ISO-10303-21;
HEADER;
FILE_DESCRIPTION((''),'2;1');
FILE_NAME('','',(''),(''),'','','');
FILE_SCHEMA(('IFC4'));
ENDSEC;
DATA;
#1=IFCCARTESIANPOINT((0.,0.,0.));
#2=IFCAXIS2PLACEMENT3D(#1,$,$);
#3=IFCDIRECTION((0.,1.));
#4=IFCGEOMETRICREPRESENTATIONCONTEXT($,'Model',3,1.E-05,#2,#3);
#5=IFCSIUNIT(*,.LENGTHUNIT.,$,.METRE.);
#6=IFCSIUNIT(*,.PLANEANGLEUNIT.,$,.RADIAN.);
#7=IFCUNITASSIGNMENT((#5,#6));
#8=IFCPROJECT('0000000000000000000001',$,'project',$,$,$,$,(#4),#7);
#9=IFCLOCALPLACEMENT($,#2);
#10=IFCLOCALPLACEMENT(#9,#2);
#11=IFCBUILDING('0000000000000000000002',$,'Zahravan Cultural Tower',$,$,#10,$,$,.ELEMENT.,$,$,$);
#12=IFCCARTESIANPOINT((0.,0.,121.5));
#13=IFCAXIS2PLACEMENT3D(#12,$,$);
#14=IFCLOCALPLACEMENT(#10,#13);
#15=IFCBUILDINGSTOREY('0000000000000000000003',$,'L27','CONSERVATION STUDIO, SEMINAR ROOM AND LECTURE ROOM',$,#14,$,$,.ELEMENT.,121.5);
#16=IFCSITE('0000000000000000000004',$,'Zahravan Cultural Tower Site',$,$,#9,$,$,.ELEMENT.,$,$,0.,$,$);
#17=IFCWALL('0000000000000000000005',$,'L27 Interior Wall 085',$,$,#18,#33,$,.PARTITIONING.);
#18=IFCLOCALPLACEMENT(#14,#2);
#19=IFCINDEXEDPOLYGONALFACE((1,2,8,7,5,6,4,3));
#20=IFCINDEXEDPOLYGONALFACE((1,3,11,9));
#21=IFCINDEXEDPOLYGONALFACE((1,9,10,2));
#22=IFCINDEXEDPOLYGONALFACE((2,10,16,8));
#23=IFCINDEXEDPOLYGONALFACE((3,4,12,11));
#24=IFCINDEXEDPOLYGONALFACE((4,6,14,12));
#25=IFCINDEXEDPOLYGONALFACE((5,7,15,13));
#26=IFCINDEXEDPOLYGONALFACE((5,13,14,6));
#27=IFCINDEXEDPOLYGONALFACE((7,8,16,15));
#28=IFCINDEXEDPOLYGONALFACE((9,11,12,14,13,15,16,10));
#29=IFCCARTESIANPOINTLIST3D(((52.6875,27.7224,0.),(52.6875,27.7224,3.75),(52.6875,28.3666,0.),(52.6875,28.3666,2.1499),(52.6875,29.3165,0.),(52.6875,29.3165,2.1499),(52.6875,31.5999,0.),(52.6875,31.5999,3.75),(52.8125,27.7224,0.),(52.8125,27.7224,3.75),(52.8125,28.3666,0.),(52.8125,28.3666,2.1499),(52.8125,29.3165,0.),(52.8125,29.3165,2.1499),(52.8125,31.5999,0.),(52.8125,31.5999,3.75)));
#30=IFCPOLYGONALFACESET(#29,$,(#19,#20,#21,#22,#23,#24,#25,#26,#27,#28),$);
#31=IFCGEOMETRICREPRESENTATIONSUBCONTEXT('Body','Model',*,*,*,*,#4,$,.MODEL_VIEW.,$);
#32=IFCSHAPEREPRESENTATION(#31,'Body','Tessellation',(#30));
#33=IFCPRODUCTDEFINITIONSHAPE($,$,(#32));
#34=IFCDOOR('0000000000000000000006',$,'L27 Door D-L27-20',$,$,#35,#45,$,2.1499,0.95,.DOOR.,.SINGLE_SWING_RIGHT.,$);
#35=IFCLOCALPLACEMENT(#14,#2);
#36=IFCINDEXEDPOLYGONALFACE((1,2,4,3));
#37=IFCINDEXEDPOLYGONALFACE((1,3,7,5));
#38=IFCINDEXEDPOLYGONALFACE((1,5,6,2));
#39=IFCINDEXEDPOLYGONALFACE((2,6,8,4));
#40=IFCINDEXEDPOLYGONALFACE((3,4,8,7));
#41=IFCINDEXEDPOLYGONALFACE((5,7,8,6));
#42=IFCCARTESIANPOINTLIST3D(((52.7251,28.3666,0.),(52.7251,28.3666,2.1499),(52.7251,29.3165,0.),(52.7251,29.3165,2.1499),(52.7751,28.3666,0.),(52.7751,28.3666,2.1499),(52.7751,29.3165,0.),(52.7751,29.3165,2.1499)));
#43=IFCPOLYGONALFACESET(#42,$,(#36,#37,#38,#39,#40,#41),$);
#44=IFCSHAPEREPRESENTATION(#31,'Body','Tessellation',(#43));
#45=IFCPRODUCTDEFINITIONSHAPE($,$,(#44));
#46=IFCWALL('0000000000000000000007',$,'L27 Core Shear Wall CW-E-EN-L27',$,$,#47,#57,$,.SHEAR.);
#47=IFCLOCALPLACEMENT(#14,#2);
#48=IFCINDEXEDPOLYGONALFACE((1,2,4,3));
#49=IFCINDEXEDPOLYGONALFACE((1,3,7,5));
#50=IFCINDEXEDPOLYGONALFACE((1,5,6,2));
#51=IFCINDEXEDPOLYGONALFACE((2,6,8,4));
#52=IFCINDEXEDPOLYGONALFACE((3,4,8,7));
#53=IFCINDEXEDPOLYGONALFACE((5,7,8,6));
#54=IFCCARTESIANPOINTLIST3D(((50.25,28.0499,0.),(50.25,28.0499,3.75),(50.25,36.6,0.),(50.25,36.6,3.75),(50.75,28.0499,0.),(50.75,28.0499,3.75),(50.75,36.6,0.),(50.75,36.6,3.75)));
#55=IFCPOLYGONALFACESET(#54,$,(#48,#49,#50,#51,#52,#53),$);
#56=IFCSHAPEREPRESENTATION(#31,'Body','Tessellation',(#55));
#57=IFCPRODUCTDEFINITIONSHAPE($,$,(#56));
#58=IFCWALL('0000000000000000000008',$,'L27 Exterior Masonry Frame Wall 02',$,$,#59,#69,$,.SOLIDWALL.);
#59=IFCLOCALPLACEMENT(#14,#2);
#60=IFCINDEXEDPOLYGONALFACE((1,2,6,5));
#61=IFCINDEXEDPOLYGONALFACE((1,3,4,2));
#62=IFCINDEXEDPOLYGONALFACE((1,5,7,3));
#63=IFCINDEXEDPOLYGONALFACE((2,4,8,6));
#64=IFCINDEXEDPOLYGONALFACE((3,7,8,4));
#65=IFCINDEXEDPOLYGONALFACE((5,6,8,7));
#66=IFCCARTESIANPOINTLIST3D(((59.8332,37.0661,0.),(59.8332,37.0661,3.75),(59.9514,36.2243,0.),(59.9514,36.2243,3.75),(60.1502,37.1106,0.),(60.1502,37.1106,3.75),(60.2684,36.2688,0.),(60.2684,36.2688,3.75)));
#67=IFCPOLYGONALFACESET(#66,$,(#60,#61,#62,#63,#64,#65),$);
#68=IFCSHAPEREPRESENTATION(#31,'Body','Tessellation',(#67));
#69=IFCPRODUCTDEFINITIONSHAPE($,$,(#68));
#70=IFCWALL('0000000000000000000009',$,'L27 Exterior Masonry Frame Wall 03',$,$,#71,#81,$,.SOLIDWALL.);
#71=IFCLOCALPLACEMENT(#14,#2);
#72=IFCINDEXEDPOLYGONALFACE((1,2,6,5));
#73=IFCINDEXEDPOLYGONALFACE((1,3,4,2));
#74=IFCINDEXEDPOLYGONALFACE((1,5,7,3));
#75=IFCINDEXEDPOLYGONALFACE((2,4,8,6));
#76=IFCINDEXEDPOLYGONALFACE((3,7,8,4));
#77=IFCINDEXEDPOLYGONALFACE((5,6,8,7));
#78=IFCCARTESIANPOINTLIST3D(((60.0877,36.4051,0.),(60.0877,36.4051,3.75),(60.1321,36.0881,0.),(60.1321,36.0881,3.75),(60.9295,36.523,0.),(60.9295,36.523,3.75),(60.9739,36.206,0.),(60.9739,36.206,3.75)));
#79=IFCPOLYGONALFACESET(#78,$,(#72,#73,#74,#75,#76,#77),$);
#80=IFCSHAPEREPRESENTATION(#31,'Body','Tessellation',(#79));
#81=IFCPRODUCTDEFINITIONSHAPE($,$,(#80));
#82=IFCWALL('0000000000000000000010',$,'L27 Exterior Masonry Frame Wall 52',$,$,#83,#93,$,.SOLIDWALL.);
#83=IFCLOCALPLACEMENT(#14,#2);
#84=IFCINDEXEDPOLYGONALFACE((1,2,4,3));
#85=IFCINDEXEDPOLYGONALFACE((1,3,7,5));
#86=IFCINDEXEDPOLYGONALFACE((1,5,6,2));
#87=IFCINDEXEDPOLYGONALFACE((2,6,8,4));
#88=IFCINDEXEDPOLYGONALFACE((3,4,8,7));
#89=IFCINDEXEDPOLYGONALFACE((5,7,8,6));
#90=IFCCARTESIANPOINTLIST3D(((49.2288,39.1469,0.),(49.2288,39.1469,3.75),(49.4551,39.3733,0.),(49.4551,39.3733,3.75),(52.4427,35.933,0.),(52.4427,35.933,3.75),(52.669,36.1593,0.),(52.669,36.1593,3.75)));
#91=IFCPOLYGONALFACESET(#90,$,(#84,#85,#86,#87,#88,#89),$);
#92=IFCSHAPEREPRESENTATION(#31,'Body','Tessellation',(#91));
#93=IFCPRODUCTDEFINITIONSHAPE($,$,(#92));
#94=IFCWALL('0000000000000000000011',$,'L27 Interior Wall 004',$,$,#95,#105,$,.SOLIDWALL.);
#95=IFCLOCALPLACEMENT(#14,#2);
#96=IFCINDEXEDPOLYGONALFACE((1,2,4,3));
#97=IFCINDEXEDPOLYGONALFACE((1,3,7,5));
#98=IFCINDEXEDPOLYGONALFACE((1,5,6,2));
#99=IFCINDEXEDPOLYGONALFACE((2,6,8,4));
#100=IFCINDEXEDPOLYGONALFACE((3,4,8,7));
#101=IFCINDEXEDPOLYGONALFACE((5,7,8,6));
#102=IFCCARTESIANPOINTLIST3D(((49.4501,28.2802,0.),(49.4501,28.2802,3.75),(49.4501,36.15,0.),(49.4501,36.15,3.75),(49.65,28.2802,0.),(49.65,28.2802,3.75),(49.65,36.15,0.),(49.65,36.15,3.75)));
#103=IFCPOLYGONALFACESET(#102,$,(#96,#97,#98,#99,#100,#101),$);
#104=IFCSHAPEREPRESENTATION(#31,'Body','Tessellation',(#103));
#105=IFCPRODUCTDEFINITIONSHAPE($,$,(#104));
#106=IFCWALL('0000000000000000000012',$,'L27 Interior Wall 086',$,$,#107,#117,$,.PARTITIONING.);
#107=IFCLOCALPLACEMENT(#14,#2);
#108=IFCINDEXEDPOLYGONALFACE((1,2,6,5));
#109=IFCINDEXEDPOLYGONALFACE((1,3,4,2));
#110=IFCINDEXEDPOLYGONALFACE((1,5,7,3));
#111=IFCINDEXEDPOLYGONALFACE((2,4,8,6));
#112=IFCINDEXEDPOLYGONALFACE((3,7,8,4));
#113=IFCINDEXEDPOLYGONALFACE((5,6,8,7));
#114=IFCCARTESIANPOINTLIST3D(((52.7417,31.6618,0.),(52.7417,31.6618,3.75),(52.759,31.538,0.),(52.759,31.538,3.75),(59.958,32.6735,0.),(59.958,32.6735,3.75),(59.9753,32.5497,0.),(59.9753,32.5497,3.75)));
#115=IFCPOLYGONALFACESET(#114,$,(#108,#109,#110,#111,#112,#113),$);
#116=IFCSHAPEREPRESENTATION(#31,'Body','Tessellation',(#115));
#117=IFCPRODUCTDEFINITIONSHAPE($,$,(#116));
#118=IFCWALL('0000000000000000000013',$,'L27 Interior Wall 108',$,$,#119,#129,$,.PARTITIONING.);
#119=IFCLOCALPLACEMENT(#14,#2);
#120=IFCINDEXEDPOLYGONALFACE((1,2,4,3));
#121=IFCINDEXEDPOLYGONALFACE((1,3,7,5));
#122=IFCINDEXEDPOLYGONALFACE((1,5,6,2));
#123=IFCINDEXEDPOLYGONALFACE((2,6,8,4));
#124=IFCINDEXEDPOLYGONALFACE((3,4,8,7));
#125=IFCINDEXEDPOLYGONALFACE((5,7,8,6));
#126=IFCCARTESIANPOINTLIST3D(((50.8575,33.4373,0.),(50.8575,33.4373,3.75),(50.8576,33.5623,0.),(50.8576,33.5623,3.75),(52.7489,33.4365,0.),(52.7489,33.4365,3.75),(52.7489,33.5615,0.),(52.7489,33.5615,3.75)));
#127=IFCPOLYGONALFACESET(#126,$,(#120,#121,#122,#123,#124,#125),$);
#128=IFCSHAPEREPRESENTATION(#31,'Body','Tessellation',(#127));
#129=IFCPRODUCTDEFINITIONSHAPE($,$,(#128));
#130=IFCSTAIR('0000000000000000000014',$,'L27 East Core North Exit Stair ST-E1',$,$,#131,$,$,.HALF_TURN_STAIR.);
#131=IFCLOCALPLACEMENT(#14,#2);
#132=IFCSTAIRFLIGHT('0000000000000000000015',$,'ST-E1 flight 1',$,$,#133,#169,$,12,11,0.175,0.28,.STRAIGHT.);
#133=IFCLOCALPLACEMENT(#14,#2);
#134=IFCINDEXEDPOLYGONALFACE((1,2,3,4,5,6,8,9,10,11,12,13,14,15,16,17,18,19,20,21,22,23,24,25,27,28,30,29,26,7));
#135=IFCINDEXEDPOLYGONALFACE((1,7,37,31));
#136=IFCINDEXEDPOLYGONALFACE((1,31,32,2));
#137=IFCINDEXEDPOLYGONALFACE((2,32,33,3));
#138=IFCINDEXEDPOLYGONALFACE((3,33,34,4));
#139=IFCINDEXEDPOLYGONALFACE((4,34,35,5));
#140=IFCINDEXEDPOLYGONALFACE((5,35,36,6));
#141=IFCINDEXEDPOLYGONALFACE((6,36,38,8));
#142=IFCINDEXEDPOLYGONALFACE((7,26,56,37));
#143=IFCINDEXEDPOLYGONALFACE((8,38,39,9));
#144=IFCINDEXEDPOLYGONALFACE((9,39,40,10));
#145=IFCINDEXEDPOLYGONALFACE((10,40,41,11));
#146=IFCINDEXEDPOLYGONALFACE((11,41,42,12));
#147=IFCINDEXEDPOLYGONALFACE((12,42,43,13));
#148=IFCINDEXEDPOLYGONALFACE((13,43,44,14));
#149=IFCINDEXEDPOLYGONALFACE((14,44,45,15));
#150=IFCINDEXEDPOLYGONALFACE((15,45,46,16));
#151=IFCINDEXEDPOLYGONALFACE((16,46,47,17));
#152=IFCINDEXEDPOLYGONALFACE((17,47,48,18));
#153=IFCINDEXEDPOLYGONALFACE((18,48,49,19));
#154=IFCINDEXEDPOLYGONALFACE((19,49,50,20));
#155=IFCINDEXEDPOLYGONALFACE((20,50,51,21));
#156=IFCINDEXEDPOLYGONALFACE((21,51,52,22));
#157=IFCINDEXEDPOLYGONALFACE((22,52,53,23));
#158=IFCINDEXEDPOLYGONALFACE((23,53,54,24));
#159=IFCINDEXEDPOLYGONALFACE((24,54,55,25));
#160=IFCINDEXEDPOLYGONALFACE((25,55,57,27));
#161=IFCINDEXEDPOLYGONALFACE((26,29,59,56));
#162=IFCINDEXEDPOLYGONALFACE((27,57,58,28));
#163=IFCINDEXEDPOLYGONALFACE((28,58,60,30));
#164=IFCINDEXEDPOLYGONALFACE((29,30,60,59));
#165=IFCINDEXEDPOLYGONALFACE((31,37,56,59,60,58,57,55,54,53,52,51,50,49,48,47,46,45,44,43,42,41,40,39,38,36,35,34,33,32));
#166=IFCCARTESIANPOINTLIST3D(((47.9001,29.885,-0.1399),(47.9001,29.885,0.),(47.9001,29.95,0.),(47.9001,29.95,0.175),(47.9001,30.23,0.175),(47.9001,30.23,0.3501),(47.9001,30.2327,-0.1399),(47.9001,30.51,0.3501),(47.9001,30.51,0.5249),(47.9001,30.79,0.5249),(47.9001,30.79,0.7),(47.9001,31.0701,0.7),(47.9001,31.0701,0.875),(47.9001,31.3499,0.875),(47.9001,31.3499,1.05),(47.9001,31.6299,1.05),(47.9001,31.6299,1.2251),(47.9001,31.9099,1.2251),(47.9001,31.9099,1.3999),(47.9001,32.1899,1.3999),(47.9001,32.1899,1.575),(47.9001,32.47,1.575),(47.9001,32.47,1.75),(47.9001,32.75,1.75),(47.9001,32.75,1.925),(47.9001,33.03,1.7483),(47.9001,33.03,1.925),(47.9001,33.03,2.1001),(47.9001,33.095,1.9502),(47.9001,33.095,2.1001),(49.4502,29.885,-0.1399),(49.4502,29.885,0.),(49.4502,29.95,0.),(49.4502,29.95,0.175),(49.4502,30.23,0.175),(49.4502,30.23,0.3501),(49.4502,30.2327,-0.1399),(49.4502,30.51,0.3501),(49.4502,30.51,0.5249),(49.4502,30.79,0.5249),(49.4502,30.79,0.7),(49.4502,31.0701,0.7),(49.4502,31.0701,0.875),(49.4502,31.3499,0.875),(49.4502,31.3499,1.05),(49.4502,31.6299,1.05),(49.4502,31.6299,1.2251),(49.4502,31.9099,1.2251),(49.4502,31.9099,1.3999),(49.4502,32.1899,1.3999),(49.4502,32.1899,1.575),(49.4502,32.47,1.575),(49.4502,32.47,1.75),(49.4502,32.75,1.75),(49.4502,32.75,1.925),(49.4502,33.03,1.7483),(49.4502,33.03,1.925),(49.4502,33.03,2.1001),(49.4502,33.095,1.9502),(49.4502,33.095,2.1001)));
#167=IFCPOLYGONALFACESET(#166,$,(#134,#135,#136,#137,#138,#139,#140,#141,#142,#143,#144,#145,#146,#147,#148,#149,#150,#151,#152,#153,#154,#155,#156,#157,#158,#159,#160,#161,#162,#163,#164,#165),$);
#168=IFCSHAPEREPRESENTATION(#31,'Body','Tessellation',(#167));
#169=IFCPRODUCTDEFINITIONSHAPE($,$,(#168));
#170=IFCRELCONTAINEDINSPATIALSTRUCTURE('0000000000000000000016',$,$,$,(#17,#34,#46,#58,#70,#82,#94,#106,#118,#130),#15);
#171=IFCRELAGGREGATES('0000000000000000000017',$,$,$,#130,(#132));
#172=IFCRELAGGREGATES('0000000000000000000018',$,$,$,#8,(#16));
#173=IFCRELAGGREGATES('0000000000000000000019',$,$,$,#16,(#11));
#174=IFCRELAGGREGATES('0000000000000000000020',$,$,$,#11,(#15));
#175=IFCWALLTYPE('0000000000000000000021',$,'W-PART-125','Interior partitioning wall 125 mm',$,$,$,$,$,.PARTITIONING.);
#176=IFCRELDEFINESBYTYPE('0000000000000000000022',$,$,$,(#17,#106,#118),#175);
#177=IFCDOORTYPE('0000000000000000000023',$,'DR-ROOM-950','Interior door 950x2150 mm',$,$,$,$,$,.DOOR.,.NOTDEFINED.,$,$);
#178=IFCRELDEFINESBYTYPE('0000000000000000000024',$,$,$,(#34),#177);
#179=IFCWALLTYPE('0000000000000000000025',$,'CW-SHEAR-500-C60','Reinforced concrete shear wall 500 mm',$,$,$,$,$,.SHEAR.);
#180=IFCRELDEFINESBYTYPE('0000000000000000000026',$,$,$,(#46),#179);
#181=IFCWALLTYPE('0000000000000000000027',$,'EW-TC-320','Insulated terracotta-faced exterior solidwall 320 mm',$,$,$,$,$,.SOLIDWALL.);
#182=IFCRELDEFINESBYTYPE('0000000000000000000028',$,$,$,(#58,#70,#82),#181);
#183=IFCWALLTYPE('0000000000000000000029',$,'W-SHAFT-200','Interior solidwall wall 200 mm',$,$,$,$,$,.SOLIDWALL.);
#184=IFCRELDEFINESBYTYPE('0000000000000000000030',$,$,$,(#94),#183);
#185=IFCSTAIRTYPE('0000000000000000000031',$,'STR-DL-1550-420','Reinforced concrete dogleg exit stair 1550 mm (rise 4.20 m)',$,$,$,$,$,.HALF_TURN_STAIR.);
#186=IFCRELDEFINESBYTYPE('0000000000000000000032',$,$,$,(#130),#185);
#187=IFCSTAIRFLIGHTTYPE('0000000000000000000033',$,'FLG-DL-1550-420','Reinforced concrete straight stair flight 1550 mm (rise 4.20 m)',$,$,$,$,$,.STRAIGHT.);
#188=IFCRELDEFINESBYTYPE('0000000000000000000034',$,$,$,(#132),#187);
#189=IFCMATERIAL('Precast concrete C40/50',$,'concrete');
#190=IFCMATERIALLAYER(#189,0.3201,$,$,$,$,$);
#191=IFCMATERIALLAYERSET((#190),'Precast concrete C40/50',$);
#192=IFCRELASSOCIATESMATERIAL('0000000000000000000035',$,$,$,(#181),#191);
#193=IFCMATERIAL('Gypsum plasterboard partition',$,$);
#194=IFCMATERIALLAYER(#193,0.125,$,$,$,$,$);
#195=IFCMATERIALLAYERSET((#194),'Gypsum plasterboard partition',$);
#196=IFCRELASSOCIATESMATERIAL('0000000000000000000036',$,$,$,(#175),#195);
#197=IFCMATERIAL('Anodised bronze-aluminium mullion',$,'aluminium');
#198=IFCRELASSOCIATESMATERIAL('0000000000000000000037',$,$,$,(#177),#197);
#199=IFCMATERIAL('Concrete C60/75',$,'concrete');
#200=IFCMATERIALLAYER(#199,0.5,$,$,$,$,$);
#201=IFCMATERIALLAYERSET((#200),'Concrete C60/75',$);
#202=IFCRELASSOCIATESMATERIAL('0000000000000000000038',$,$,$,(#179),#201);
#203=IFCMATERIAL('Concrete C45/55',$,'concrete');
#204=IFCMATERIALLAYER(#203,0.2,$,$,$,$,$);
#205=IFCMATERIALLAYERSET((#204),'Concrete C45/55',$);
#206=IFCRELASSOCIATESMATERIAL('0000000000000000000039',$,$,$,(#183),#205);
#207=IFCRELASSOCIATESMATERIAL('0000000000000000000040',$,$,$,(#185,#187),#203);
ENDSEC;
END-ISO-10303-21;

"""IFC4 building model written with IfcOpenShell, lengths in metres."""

from ifc_helpers import new_model, si_unit, direction, frame, frame_2d, origin, place, context, subcontext, project, spatial, polyline, rectangle, outline, extrude, source, transform, mapped, material, layer, layer_set, type_object, element, fill, aggregate, save


model = new_model("IFC4")

# Units and contexts
model_context = context("Model", 3, precision=1e-05, world=origin(), true_north=direction((0.0, 1.0)))
body_context = subcontext(model_context, "Body", "Model", "MODEL_VIEW")
ifc_project = project(units=[si_unit("LENGTHUNIT", "METRE"), si_unit("PLANEANGLEUNIT", "RADIAN")], contexts=[model_context])

# Site, building, storey
site_placement = place(None, origin())
site = spatial("IfcSite", under=ifc_project, at=site_placement, Name="Zahravan Cultural Tower Site", CompositionType="ELEMENT", RefElevation=0.0)
building_placement = place(site_placement, origin())
building = spatial("IfcBuilding", under=site, at=building_placement, Name="Zahravan Cultural Tower", CompositionType="ELEMENT")
storey_placement = place(building_placement, frame((0.0, 0.0, 121.5)))
storey = spatial("IfcBuildingStorey", under=building, at=storey_placement, Name="L27", Description="CONSERVATION STUDIO, SEMINAR ROOM AND LECTURE ROOM", CompositionType="ELEMENT", Elevation=121.5)

# Shared definitions
ifc_material_1 = material(Name="Concrete C60/75", Category="concrete")

# Shared definitions
ifc_material_2 = material(Name="Precast concrete C40/50", Category="concrete")
ifc_layer_1 = layer(ifc_material_2, 0.3201)
ifc_layer_set_1 = layer_set([ifc_layer_1], Name="Precast concrete C40/50")
wall_type_1 = type_object("IfcWallType", Name="EW-TC-320", Description="Insulated terracotta-faced exterior solidwall 320 mm", PredefinedType="SOLIDWALL", material=ifc_layer_set_1)

# Wall, opening, door
ifc_material_3 = material(Name="Gypsum plasterboard partition")
ifc_layer_2 = layer(ifc_material_3, 0.125)
ifc_layer_set_2 = layer_set([ifc_layer_2], Name="Gypsum plasterboard partition")
wall_type_2 = type_object("IfcWallType", Name="W-PART-125", Description="Interior partitioning wall 125 mm", PredefinedType="PARTITIONING", material=ifc_layer_set_2)
wall_1_placement = place(storey_placement, frame((52.75, 27.7224, 0.0), z_axis=(0.0, 0.0, 1.0), x_axis=(0.0, 1.0, 0.0)))
wall_1 = element("IfcWall", 1, at=wall_1_placement, inside=storey, type_object=wall_type_2, Name="L27 Interior Wall 085", PredefinedType="PARTITIONING", context=body_context, shape_type="SweptSolid", body=[
    extrude(rectangle(XDim=3.8774, YDim=0.125, at=frame_2d((1.9387, 0.0))), origin(), (0.0, 0.0, 1.0), 3.75),
])
opening_1_placement = place(wall_1_placement, frame((0.644, 0.0, 0.0)))
opening_1 = element("IfcOpeningElement", 2, at=opening_1_placement, cuts=wall_1, PredefinedType="OPENING", context=body_context, shape_type="SweptSolid", body=[
    extrude(rectangle(XDim=0.95, YDim=2.1499, at=frame_2d((0.4751, 1.075))), frame((0.0, 0.0725, 0.0), z_axis=(0.0, -1.0, 0.0), x_axis=(1.0, 0.0, 0.0)), (0.0, 0.0, 1.0), 0.145),
])
ifc_material_4 = material(Name="Anodised bronze-aluminium mullion", Category="aluminium")
door_type = type_object("IfcDoorType", Name="DR-ROOM-950", Description="Interior door 950x2150 mm", OperationType="NOTDEFINED", PredefinedType="DOOR", material=ifc_material_4)
shared_shape_1 = source(origin(), body_context, "Body", "SweptSolid", [
    extrude(rectangle(XDim=0.95, YDim=2.1499, at=frame_2d((0.4751, 1.075))), frame((0.0, 0.0249, 0.0), z_axis=(0.0, -1.0, 0.0), x_axis=(1.0, 0.0, 0.0)), (0.0, 0.0, 1.0), 0.05),
])
door_1_placement = place(opening_1_placement, origin())
door_1 = element("IfcDoor", 3, at=door_1_placement, inside=storey, type_object=door_type, Name="L27 Door D-L27-20", OperationType="SINGLE_SWING_RIGHT", OverallHeight=2.1499, OverallWidth=0.95, PredefinedType="DOOR", context=body_context, shape_type="MappedRepresentation", body=[
    mapped(shared_shape_1, transform((0.0, 0.0, 0.0), x_axis=(1.0, 0.0, 0.0), y_axis=(0.0, 1.0, 0.0), z_axis=(0.0, 0.0, 1.0), scale=1.0)),
])
fill(opening_1, door_1)

# Walls
ifc_layer_3 = layer(ifc_material_1, 0.5)
ifc_layer_set_3 = layer_set([ifc_layer_3], Name="Concrete C60/75")
wall_type_3 = type_object("IfcWallType", Name="CW-SHEAR-500-C60", Description="Reinforced concrete shear wall 500 mm", PredefinedType="SHEAR", material=ifc_layer_set_3)
shared_shape_2 = source(origin(), body_context, "Body", "SweptSolid", [
    extrude(rectangle(XDim=8.55, YDim=0.5, at=frame_2d((4.2749, 0.0))), origin(), (0.0, 0.0, 1.0), 3.75),
])
wall_2_placement = place(storey_placement, frame((50.5, 28.05, 0.0), z_axis=(0.0, 0.0, 1.0), x_axis=(0.0, 1.0, 0.0)))
element("IfcWall", 4, at=wall_2_placement, inside=storey, type_object=wall_type_3, Name="L27 Core Shear Wall CW-E-EN-L27", PredefinedType="SHEAR", context=body_context, shape_type="MappedRepresentation", body=[
    mapped(shared_shape_2, transform((0.0, 0.0, 0.0), x_axis=(1.0, 0.0, 0.0), y_axis=(0.0, 1.0, 0.0), z_axis=(0.0, 0.0, 1.0), scale=1.0)),
])
shared_shape_3 = source(origin(), body_context, "Body", "SweptSolid", [
    extrude(rectangle(XDim=0.8501, YDim=0.3201, at=frame_2d((0.425, 0.0))), origin(), (0.0, 0.0, 1.0), 3.75),
])
for number, where, z_axis, x_axis, name in (
    (5, (59.9917, 37.0884, 0.0), (0.0, 0.0, 1.0), (0.139008, -0.990291, 0.0), "L27 Exterior Masonry Frame Wall 02"),
    (6, (60.1099, 36.2466, 0.0), (0.0, 0.0, 1.0), (0.990331, 0.138727, 0.0), "L27 Exterior Masonry Frame Wall 03"),
):
    element("IfcWall", number, at=place(storey_placement, frame(where, z_axis=z_axis, x_axis=x_axis)), inside=storey, type_object=wall_type_1, Name=name, PredefinedType="SOLIDWALL", context=body_context, shape_type="MappedRepresentation", body=[
        mapped(shared_shape_3, transform((0.0, 0.0, 0.0), x_axis=(1.0, 0.0, 0.0), y_axis=(0.0, 1.0, 0.0), z_axis=(0.0, 0.0, 1.0), scale=1.0)),
    ])
shared_shape_4 = source(origin(), body_context, "Body", "SweptSolid", [
    extrude(rectangle(XDim=4.5452, YDim=0.3201, at=frame_2d((2.2725, 0.0))), origin(), (0.0, 0.0, 1.0), 3.75),
])
wall_3_placement = place(storey_placement, frame((49.342, 39.26, 0.0), z_axis=(0.0, 0.0, 1.0), x_axis=(0.707107, -0.707107, 0.0)))
element("IfcWall", 7, at=wall_3_placement, inside=storey, type_object=wall_type_1, Name="L27 Exterior Masonry Frame Wall 52", PredefinedType="SOLIDWALL", context=body_context, shape_type="MappedRepresentation", body=[
    mapped(shared_shape_4, transform((0.0, 0.0, 0.0), x_axis=(1.0, 0.0, 0.0), y_axis=(0.0, 1.0, 0.0), z_axis=(0.0, 0.0, 1.0), scale=1.0)),
])
ifc_material_5 = material(Name="Concrete C45/55", Category="concrete")
ifc_layer_4 = layer(ifc_material_5, 0.2)
ifc_layer_set_4 = layer_set([ifc_layer_4], Name="Concrete C45/55")
wall_type_4 = type_object("IfcWallType", Name="W-SHAFT-200", Description="Interior solidwall wall 200 mm", PredefinedType="SOLIDWALL", material=ifc_layer_set_4)
shared_shape_5 = source(origin(), body_context, "Body", "SweptSolid", [
    extrude(rectangle(XDim=7.8699, YDim=0.2, at=frame_2d((3.9351, 0.0))), origin(), (0.0, 0.0, 1.0), 3.75),
])
wall_4_placement = place(storey_placement, frame((49.55, 28.28, 0.0), z_axis=(0.0, 0.0, 1.0), x_axis=(0.0, 1.0, 0.0)))
element("IfcWall", 8, at=wall_4_placement, inside=storey, type_object=wall_type_4, Name="L27 Interior Wall 004", PredefinedType="SOLIDWALL", context=body_context, shape_type="MappedRepresentation", body=[
    mapped(shared_shape_5, transform((0.0, 0.0, 0.0), x_axis=(1.0, 0.0, 0.0), y_axis=(0.0, 1.0, 0.0), z_axis=(0.0, 0.0, 1.0), scale=1.0)),
])
shared_shape_6 = source(origin(), body_context, "Body", "SweptSolid", [
    extrude(rectangle(XDim=7.2869, YDim=0.125, at=frame_2d((3.6436, 0.0))), origin(), (0.0, 0.0, 1.0), 3.75),
])
wall_5_placement = place(storey_placement, frame((52.7502, 31.5999, 0.0), z_axis=(0.0, 0.0, 1.0), x_axis=(0.990315, 0.138841, 0.0)))
element("IfcWall", 9, at=wall_5_placement, inside=storey, type_object=wall_type_2, Name="L27 Interior Wall 086", PredefinedType="PARTITIONING", context=body_context, shape_type="MappedRepresentation", body=[
    mapped(shared_shape_6, transform((0.0, 0.0, 0.0), x_axis=(1.0, 0.0, 0.0), y_axis=(0.0, 1.0, 0.0), z_axis=(0.0, 0.0, 1.0), scale=1.0)),
])
shared_shape_7 = source(origin(), body_context, "Body", "SweptSolid", [
    extrude(rectangle(XDim=1.8914, YDim=0.125, at=frame_2d((0.9458, 0.0))), origin(), (0.0, 0.0, 1.0), 3.75),
])
wall_6_placement = place(storey_placement, frame((52.749, 33.499, 0.0), z_axis=(0.0, 0.0, 1.0), x_axis=(-1.0, 0.000387, 0.0)))
element("IfcWall", 10, at=wall_6_placement, inside=storey, type_object=wall_type_2, Name="L27 Interior Wall 108", PredefinedType="PARTITIONING", context=body_context, shape_type="MappedRepresentation", body=[
    mapped(shared_shape_7, transform((0.0, 0.0, 0.0), x_axis=(1.0, 0.0, 0.0), y_axis=(0.0, 1.0, 0.0), z_axis=(0.0, 0.0, 1.0), scale=1.0)),
])

# Stair, stair flight
stair_type = type_object("IfcStairType", Name="STR-DL-1550-420", Description="Reinforced concrete dogleg exit stair 1550 mm (rise 4.20 m)", PredefinedType="HALF_TURN_STAIR", material=ifc_material_5)
stair_placement = place(storey_placement, origin())
stair = element("IfcStair", 11, at=stair_placement, inside=storey, type_object=stair_type, Name="L27 East Core North Exit Stair ST-E1", PredefinedType="HALF_TURN_STAIR")
stair_flight_type = type_object("IfcStairFlightType", Name="FLG-DL-1550-420", Description="Reinforced concrete straight stair flight 1550 mm (rise 4.20 m)", PredefinedType="STRAIGHT", material=ifc_material_5)
stair_flight_placement = place(storey_placement, frame((48.675, 29.95, 0.0), z_axis=(0.0, 0.0, 1.0), x_axis=(0.0, 1.0, 0.0)))
stair_flight = element("IfcStairFlight", 12, at=stair_flight_placement, type_object=stair_flight_type, Name="ST-E1 flight 1", NumberOfRisers=12, NumberOfTreads=11, PredefinedType="STRAIGHT", RiserHeight=0.175, TreadLength=0.28, context=body_context, shape_type="SweptSolid", body=[
    extrude(outline(polyline([(-0.0649, -0.1399), (-0.0649, 0.0), (0.0, 0.0), (0.0, 0.175), (0.28, 0.175), (0.28, 0.3501), (0.5601, 0.3501), (0.5601, 0.5249), (0.8401, 0.5249), (0.8401, 0.7), (1.1201, 0.7), (1.1201, 0.875), (1.3999, 0.875), (1.3999, 1.05), (1.6799, 1.05), (1.6799, 1.2251), (1.96, 1.2251), (1.96, 1.3999), (2.24, 1.3999), (2.24, 1.575), (2.52, 1.575), (2.52, 1.75), (2.8, 1.75), (2.8, 1.925), (3.0801, 1.925), (3.0801, 2.1001), (3.145, 2.1001), (3.145, 1.9502), (3.0801, 1.7483), (0.2827, -0.1399), (-0.0649, -0.1399)])), frame((0.0, 0.7749, 0.0), z_axis=(0.0, -1.0, 0.0), x_axis=(1.0, 0.0, 0.0)), (0.0, 0.0, 1.0), 1.55),
])
aggregate(stair, [stair_flight])

save(model, "model.ifc")
